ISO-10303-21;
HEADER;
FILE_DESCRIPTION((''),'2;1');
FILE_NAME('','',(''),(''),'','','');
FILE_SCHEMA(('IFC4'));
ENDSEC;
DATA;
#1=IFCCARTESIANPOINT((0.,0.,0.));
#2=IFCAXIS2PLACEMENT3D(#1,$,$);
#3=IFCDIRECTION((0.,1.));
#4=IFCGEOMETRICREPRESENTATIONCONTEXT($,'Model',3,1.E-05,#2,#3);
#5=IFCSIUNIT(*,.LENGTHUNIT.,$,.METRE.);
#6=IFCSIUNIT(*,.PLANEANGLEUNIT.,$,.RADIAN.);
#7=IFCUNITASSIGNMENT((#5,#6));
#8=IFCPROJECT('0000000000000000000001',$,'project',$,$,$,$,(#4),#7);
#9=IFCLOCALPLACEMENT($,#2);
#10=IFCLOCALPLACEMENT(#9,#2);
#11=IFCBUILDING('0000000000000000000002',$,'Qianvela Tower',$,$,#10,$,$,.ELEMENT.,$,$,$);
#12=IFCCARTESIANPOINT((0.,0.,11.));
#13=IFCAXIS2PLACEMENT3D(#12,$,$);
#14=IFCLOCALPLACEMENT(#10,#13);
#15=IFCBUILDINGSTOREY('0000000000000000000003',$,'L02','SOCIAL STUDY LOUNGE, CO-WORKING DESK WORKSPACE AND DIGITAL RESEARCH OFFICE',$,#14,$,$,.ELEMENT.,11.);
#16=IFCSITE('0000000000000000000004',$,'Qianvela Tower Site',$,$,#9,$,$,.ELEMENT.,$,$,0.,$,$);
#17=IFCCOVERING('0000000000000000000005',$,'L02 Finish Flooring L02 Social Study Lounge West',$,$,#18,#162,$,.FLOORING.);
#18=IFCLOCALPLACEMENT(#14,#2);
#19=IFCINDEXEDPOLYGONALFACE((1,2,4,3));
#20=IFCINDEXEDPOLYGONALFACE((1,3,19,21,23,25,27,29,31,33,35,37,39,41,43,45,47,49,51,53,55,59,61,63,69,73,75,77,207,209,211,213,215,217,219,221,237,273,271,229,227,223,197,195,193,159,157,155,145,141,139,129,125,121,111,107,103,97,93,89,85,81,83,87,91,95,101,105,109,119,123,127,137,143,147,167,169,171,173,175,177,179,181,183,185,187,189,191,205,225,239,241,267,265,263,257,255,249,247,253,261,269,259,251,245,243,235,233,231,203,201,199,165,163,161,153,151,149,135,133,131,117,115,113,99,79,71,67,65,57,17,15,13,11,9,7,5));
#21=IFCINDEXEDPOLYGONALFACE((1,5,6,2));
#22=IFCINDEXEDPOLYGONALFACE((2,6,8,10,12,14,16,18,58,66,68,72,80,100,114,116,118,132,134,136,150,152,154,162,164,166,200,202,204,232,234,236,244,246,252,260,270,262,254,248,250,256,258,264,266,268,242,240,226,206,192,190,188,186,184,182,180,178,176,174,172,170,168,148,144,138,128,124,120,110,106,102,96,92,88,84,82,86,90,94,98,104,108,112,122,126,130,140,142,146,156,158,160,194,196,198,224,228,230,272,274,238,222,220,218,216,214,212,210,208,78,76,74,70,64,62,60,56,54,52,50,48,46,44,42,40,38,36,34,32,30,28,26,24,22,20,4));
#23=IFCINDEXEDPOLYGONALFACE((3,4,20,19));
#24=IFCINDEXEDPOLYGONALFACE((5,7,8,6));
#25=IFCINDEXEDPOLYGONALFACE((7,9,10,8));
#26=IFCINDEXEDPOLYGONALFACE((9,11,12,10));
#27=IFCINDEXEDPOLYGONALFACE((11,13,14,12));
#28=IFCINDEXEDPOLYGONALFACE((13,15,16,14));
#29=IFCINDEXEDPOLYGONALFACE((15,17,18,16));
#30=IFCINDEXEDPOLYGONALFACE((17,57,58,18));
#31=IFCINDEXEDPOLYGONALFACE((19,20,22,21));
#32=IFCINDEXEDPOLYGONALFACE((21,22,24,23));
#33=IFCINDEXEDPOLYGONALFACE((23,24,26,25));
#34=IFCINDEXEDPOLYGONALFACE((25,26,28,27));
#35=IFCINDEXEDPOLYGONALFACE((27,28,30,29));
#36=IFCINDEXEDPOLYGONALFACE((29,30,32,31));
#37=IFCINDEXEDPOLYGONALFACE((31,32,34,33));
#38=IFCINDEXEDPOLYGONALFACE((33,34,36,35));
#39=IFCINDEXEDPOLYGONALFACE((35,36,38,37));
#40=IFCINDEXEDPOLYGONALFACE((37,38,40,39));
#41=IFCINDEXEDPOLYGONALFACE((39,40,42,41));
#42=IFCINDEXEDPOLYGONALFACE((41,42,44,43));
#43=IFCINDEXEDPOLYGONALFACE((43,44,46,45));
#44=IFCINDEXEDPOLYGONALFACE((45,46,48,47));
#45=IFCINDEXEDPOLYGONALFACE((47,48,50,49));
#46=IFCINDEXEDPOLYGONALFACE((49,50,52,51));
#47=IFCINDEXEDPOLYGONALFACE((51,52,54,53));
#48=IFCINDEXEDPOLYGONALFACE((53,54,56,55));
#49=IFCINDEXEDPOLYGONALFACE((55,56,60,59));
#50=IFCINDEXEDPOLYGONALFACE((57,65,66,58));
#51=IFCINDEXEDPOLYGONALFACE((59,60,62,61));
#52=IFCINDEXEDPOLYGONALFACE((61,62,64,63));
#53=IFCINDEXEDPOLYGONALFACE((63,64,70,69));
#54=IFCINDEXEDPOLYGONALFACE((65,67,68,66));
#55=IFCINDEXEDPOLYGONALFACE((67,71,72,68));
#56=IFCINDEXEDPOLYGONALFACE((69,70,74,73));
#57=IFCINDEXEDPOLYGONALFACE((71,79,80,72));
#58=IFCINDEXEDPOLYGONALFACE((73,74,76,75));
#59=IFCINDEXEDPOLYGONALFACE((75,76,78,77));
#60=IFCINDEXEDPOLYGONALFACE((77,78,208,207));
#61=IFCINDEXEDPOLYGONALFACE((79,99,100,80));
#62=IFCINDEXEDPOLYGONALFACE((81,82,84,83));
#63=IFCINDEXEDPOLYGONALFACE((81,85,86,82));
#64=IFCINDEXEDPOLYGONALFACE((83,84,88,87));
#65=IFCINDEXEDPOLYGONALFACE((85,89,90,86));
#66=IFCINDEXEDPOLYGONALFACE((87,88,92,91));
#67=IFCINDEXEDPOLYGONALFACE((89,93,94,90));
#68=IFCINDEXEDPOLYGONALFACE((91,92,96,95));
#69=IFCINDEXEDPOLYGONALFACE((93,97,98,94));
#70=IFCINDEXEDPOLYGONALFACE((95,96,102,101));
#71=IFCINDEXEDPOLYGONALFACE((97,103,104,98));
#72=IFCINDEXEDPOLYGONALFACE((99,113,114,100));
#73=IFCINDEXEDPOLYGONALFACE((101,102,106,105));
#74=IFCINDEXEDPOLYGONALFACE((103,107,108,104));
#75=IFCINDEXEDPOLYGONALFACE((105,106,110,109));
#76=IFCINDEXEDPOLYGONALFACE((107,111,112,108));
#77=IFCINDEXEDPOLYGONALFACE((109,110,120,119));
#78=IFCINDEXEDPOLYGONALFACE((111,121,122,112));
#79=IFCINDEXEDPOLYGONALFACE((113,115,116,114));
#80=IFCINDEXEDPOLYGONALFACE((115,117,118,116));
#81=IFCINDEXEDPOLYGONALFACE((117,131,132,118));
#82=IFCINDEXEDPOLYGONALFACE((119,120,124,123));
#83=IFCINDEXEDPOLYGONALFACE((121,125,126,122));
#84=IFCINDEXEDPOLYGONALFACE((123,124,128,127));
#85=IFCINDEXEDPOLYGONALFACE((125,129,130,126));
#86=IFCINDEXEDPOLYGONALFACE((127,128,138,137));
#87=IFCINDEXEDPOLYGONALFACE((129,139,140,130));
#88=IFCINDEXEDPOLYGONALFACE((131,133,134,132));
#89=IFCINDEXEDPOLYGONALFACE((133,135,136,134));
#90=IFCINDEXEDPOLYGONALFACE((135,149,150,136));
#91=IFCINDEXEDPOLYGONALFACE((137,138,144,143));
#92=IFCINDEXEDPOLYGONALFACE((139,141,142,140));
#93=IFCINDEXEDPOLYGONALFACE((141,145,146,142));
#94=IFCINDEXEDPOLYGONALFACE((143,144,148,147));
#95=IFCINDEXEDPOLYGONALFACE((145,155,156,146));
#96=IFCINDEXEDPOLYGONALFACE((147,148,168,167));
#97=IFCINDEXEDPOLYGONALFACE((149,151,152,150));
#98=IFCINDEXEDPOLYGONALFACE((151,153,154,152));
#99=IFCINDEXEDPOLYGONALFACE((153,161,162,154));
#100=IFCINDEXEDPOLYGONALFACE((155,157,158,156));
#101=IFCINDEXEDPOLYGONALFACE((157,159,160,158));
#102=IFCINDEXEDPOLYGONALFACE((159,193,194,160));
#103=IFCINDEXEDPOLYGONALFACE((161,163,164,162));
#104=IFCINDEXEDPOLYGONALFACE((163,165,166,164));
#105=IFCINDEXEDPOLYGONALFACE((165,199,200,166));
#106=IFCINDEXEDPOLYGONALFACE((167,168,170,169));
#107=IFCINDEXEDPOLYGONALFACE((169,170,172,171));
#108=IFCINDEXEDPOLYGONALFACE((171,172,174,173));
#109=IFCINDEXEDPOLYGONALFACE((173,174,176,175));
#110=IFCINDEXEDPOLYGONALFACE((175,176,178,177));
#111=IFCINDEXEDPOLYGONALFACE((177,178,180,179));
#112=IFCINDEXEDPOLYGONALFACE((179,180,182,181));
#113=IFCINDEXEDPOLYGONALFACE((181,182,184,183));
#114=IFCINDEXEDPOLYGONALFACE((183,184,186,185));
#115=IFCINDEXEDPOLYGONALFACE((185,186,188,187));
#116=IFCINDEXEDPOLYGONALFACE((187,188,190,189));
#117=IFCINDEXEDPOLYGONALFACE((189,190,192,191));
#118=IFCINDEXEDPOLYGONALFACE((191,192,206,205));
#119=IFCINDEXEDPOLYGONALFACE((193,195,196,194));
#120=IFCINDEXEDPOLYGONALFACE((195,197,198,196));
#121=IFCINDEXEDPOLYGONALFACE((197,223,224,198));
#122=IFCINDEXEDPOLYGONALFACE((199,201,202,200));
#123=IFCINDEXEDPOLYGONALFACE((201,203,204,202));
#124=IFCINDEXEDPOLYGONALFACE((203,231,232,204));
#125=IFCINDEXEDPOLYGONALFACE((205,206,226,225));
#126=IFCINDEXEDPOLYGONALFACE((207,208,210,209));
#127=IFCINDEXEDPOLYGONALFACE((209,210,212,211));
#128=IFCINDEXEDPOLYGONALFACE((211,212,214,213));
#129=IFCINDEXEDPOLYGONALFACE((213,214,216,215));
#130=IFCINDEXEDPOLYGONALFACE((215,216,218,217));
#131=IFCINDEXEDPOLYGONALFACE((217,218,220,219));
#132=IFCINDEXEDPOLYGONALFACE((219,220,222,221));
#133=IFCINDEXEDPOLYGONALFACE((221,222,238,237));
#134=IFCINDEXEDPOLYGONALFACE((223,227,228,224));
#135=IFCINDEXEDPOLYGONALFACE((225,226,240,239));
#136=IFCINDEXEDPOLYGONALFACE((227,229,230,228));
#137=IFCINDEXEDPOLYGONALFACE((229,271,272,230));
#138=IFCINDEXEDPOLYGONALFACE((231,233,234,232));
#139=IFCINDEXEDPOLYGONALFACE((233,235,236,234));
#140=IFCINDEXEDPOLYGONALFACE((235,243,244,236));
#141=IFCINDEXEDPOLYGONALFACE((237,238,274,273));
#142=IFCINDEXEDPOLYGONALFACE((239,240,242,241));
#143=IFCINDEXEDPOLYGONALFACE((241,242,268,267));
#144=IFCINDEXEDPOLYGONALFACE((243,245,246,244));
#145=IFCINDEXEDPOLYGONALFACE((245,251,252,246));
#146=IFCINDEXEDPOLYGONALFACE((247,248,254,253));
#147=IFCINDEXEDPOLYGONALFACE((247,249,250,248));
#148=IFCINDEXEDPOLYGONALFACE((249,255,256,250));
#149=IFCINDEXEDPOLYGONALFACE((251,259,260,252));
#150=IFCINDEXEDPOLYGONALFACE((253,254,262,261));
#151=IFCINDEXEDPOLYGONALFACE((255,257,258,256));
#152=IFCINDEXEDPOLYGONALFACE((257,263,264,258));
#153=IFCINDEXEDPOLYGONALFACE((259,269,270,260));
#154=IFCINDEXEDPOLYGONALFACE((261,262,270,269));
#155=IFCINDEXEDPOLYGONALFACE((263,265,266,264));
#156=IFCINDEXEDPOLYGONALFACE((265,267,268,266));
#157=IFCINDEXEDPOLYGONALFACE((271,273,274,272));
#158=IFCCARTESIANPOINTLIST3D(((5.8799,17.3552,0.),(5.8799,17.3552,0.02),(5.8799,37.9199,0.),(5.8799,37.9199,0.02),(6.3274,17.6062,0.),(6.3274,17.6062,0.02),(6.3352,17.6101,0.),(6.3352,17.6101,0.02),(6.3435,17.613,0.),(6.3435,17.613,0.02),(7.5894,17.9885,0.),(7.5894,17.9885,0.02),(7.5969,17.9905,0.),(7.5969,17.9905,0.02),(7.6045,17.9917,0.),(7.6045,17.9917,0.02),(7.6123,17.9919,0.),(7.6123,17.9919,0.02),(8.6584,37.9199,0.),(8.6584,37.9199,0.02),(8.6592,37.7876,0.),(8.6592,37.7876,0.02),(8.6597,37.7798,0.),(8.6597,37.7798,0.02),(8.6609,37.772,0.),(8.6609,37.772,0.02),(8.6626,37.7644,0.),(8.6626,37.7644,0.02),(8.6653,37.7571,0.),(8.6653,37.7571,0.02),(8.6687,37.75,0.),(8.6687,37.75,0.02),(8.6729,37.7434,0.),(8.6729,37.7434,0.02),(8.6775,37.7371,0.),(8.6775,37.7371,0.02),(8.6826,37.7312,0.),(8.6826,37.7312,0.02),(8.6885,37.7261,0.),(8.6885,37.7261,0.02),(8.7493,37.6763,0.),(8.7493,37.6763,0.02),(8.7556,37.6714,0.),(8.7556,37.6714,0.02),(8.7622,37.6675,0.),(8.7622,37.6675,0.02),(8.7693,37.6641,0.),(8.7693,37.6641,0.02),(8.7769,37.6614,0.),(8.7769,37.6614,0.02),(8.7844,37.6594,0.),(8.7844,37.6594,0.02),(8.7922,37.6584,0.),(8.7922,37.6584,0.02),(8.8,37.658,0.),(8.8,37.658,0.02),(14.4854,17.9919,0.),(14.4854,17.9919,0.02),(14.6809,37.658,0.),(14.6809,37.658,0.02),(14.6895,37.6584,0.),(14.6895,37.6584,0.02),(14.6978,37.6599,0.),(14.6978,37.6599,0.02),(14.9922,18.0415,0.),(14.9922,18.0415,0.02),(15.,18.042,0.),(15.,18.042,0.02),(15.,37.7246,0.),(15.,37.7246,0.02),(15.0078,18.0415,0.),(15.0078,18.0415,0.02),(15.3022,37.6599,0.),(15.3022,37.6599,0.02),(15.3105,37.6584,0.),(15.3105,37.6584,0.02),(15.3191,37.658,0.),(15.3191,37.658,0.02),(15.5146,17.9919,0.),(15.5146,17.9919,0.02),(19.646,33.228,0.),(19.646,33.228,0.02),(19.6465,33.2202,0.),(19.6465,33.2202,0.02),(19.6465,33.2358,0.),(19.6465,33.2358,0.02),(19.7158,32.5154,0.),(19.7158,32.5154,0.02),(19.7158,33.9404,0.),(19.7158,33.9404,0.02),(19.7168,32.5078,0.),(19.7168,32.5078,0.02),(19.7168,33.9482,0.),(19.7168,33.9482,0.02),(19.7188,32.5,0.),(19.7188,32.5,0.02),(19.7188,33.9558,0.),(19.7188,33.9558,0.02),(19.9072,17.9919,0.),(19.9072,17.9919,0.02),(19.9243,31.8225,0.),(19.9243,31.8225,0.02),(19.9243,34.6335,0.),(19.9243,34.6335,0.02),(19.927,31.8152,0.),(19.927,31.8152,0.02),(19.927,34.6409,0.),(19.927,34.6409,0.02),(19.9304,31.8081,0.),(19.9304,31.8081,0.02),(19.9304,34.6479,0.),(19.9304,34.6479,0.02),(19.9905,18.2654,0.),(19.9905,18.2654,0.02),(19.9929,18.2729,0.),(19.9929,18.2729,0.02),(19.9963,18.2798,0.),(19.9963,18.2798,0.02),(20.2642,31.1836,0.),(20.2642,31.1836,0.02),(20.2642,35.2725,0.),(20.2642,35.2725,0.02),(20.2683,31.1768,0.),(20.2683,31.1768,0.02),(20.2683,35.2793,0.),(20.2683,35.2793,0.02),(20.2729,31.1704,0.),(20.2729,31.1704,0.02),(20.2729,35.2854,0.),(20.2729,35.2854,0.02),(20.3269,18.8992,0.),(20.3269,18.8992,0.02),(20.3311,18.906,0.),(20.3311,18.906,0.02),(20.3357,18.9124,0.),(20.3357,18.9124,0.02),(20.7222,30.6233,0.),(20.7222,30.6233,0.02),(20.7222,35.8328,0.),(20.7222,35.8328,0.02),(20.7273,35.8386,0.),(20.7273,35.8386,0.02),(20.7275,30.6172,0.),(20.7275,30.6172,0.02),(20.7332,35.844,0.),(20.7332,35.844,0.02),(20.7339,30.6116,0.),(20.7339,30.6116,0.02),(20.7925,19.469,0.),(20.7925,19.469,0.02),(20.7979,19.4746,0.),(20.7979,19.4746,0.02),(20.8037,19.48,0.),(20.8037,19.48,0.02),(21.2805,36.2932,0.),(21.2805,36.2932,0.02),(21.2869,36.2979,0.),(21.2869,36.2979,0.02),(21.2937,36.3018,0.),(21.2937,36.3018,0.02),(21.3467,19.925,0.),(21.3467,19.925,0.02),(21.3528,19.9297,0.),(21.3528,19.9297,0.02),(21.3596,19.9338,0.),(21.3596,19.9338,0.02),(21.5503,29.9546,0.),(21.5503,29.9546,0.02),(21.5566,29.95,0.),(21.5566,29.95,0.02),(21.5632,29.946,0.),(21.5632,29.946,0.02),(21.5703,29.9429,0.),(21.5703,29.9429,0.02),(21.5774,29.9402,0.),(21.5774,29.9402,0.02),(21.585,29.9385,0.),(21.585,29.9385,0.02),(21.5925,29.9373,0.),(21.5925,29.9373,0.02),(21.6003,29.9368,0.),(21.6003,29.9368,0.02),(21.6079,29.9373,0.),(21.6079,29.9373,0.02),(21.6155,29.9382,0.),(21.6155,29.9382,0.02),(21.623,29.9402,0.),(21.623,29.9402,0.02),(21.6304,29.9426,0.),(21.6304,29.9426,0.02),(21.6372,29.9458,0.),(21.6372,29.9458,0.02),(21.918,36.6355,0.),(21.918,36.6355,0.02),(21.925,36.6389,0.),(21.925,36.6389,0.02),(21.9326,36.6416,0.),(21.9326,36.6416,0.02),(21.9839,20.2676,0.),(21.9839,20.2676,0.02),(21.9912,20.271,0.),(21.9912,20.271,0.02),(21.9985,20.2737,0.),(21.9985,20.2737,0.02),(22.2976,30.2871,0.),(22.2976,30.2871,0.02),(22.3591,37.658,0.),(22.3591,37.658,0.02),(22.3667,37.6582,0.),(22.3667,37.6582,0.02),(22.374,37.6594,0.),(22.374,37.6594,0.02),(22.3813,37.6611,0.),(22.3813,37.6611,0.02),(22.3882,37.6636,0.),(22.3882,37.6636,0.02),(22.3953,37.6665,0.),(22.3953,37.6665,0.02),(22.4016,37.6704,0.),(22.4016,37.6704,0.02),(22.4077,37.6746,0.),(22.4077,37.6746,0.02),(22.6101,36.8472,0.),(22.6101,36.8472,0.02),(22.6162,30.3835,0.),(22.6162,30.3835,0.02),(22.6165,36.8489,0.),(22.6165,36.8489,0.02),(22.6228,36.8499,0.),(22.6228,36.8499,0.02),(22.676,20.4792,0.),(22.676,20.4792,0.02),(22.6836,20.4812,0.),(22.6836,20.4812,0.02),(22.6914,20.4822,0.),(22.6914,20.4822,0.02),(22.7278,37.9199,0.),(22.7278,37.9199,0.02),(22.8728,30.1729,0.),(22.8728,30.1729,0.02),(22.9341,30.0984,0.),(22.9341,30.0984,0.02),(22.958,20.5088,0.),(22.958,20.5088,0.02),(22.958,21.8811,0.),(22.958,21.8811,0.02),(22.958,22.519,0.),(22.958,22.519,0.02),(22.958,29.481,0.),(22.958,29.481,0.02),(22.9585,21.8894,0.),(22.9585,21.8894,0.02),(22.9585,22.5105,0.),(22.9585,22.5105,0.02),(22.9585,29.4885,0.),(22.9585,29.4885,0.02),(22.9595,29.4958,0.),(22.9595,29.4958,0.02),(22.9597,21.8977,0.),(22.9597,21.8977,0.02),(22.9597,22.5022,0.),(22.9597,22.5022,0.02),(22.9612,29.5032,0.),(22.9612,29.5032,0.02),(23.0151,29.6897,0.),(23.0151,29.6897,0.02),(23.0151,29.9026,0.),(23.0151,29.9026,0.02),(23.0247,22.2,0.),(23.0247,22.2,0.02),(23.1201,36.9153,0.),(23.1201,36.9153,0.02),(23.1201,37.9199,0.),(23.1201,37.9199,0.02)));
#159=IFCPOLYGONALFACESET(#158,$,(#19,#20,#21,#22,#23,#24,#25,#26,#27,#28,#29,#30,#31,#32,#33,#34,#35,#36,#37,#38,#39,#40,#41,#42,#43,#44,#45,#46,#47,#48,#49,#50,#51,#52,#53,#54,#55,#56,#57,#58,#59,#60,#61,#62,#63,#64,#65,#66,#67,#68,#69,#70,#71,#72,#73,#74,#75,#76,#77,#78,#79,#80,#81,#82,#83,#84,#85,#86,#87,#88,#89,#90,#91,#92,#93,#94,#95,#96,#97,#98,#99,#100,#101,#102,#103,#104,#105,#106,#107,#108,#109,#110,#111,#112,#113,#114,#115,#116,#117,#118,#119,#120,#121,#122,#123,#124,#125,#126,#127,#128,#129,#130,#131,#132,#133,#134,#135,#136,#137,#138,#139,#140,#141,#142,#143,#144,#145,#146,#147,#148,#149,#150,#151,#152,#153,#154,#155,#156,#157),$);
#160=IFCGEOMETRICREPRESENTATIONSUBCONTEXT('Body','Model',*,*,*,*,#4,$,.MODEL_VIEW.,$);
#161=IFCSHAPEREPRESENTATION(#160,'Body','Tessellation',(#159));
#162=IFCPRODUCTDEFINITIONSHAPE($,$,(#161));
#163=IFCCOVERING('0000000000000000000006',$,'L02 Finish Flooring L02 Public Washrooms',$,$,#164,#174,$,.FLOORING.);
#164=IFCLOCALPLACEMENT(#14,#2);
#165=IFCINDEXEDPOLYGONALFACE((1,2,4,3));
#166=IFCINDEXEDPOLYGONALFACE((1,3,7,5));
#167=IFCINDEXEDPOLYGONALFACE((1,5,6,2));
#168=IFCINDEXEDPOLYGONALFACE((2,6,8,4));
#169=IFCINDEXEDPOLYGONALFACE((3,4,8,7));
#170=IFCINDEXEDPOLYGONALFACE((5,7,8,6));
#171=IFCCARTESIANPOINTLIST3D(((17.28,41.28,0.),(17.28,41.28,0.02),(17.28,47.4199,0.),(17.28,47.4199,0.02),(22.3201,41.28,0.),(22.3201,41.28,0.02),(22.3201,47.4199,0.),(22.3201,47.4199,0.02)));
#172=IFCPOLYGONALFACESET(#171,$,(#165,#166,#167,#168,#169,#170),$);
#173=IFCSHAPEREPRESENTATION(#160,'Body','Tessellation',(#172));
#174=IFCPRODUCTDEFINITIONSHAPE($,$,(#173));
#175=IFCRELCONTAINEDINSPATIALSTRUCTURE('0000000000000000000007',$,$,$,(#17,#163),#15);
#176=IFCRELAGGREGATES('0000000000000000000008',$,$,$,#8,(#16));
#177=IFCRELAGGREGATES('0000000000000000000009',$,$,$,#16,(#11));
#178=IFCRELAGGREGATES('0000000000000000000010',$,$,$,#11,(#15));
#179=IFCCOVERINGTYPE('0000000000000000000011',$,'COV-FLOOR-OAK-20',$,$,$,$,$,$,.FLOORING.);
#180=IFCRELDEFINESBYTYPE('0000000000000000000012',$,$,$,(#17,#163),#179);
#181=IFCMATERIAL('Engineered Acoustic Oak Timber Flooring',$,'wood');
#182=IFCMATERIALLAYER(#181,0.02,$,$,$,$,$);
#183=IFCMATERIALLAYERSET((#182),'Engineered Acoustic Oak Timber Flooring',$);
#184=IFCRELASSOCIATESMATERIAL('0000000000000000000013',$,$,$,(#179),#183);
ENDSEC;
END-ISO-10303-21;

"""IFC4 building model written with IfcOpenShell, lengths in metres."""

from ifc_helpers import new_model, si_unit, direction, frame, origin, place, context, subcontext, project, spatial, polyline, outline, extrude, material, layer, layer_set, type_object, element, save


model = new_model("IFC4")

# Units and contexts
model_context = context("Model", 3, precision=1e-05, world=origin(), true_north=direction((0.0, 1.0)))
body_context = subcontext(model_context, "Body", "Model", "MODEL_VIEW")
ifc_project = project(units=[si_unit("LENGTHUNIT", "METRE"), si_unit("PLANEANGLEUNIT", "RADIAN")], contexts=[model_context])

# Site, building, storey
site_placement = place(None, origin())
site = spatial("IfcSite", under=ifc_project, at=site_placement, Name="Qianvela Tower Site", CompositionType="ELEMENT", RefElevation=0.0)
building_placement = place(site_placement, origin())
building = spatial("IfcBuilding", under=site, at=building_placement, Name="Qianvela Tower", CompositionType="ELEMENT")
storey_placement = place(building_placement, frame((0.0, 0.0, 11.0)))
storey = spatial("IfcBuildingStorey", under=building, at=storey_placement, Name="L02", Description="SOCIAL STUDY LOUNGE, CO-WORKING DESK WORKSPACE AND DIGITAL RESEARCH OFFICE", CompositionType="ELEMENT", Elevation=11.0)

# Coverings
ifc_material_1 = material(Name="Engineered Acoustic Oak Timber Flooring", Category="wood")
ifc_layer_1 = layer(ifc_material_1, 0.02)
ifc_layer_set_1 = layer_set([ifc_layer_1], Name="Engineered Acoustic Oak Timber Flooring")
covering_type_1 = type_object("IfcCoveringType", Name="COV-FLOOR-OAK-20", PredefinedType="FLOORING", material=ifc_layer_set_1)
covering_1_placement = place(storey_placement, origin())
element("IfcCovering", 1, at=covering_1_placement, inside=storey, type_object=covering_type_1, Name="L02 Finish Flooring L02 Social Study Lounge West", PredefinedType="FLOORING", context=body_context, shape_type="SweptSolid", body=[
    extrude(outline(polyline([(23.1201, 36.9153), (22.6228, 36.8499), (22.6165, 36.8489), (22.6101, 36.8472), (21.9326, 36.6416), (21.925, 36.6389), (21.918, 36.6355), (21.2937, 36.3018), (21.2869, 36.2979), (21.2805, 36.2932), (20.7332, 35.844), (20.7273, 35.8386), (20.7222, 35.8328), (20.2729, 35.2854), (20.2683, 35.2793), (20.2642, 35.2725), (19.9304, 34.6479), (19.927, 34.6409), (19.9243, 34.6335), (19.7188, 33.9558), (19.7168, 33.9482), (19.7158, 33.9404), (19.6465, 33.2358), (19.646, 33.228), (19.6465, 33.2202), (19.7158, 32.5154), (19.7168, 32.5078), (19.7188, 32.5), (19.9243, 31.8225), (19.927, 31.8152), (19.9304, 31.8081), (20.2642, 31.1836), (20.2683, 31.1768), (20.2729, 31.1704), (20.7222, 30.6233), (20.7275, 30.6172), (20.7339, 30.6116), (21.5503, 29.9546), (21.5566, 29.95), (21.5632, 29.946), (21.5703, 29.9429), (21.5774, 29.9402), (21.585, 29.9385), (21.5925, 29.9373), (21.6003, 29.9368), (21.6079, 29.9373), (21.6155, 29.9382), (21.623, 29.9402), (21.6304, 29.9426), (21.6372, 29.9458), (22.2976, 30.2871), (22.6162, 30.3835), (22.8728, 30.1729), (22.9341, 30.0984), (23.0151, 29.9026), (23.0151, 29.6897), (22.9612, 29.5032), (22.9595, 29.4958), (22.9585, 29.4885), (22.958, 29.481), (22.958, 22.519), (22.9585, 22.5105), (22.9597, 22.5022), (23.0247, 22.2), (22.9597, 21.8977), (22.9585, 21.8894), (22.958, 21.8811), (22.958, 20.5088), (22.6914, 20.4822), (22.6836, 20.4812), (22.676, 20.4792), (21.9985, 20.2737), (21.9912, 20.271), (21.9839, 20.2676), (21.3596, 19.9338), (21.3528, 19.9297), (21.3467, 19.925), (20.8037, 19.48), (20.7979, 19.4746), (20.7925, 19.469), (20.3357, 18.9124), (20.3311, 18.906), (20.3269, 18.8992), (19.9963, 18.2798), (19.9929, 18.2729), (19.9905, 18.2654), (19.9072, 17.9919), (15.5146, 17.9919), (15.0078, 18.0415), (15.0, 18.042), (14.9922, 18.0415), (14.4854, 17.9919), (7.6123, 17.9919), (7.6045, 17.9917), (7.5969, 17.9905), (7.5894, 17.9885), (6.3435, 17.613), (6.3352, 17.6101), (6.3274, 17.6062), (5.8799, 17.3552), (5.8799, 37.9199), (8.6584, 37.9199), (8.6592, 37.7876), (8.6597, 37.7798), (8.6609, 37.772), (8.6626, 37.7644), (8.6653, 37.7571), (8.6687, 37.75), (8.6729, 37.7434), (8.6775, 37.7371), (8.6826, 37.7312), (8.6885, 37.7261), (8.7493, 37.6763), (8.7556, 37.6714), (8.7622, 37.6675), (8.7693, 37.6641), (8.7769, 37.6614), (8.7844, 37.6594), (8.7922, 37.6584), (8.8, 37.658), (14.6809, 37.658), (14.6895, 37.6584), (14.6978, 37.6599), (15.0, 37.7246), (15.3022, 37.6599), (15.3105, 37.6584), (15.3191, 37.658), (22.3591, 37.658), (22.3667, 37.6582), (22.374, 37.6594), (22.3813, 37.6611), (22.3882, 37.6636), (22.3953, 37.6665), (22.4016, 37.6704), (22.4077, 37.6746), (22.7278, 37.9199), (23.1201, 37.9199), (23.1201, 36.9153)])), origin(), (0.0, 0.0, 1.0), 0.02),
])
covering_2_placement = place(storey_placement, origin())
element("IfcCovering", 2, at=covering_2_placement, inside=storey, type_object=covering_type_1, Name="L02 Finish Flooring L02 Public Washrooms", PredefinedType="FLOORING", context=body_context, shape_type="SweptSolid", body=[
    extrude(outline(polyline([(22.3201, 41.28), (17.28, 41.28), (17.28, 47.4199), (22.3201, 47.4199), (22.3201, 41.28)])), origin(), (0.0, 0.0, 1.0), 0.02),
])

save(model, "model.ifc")
